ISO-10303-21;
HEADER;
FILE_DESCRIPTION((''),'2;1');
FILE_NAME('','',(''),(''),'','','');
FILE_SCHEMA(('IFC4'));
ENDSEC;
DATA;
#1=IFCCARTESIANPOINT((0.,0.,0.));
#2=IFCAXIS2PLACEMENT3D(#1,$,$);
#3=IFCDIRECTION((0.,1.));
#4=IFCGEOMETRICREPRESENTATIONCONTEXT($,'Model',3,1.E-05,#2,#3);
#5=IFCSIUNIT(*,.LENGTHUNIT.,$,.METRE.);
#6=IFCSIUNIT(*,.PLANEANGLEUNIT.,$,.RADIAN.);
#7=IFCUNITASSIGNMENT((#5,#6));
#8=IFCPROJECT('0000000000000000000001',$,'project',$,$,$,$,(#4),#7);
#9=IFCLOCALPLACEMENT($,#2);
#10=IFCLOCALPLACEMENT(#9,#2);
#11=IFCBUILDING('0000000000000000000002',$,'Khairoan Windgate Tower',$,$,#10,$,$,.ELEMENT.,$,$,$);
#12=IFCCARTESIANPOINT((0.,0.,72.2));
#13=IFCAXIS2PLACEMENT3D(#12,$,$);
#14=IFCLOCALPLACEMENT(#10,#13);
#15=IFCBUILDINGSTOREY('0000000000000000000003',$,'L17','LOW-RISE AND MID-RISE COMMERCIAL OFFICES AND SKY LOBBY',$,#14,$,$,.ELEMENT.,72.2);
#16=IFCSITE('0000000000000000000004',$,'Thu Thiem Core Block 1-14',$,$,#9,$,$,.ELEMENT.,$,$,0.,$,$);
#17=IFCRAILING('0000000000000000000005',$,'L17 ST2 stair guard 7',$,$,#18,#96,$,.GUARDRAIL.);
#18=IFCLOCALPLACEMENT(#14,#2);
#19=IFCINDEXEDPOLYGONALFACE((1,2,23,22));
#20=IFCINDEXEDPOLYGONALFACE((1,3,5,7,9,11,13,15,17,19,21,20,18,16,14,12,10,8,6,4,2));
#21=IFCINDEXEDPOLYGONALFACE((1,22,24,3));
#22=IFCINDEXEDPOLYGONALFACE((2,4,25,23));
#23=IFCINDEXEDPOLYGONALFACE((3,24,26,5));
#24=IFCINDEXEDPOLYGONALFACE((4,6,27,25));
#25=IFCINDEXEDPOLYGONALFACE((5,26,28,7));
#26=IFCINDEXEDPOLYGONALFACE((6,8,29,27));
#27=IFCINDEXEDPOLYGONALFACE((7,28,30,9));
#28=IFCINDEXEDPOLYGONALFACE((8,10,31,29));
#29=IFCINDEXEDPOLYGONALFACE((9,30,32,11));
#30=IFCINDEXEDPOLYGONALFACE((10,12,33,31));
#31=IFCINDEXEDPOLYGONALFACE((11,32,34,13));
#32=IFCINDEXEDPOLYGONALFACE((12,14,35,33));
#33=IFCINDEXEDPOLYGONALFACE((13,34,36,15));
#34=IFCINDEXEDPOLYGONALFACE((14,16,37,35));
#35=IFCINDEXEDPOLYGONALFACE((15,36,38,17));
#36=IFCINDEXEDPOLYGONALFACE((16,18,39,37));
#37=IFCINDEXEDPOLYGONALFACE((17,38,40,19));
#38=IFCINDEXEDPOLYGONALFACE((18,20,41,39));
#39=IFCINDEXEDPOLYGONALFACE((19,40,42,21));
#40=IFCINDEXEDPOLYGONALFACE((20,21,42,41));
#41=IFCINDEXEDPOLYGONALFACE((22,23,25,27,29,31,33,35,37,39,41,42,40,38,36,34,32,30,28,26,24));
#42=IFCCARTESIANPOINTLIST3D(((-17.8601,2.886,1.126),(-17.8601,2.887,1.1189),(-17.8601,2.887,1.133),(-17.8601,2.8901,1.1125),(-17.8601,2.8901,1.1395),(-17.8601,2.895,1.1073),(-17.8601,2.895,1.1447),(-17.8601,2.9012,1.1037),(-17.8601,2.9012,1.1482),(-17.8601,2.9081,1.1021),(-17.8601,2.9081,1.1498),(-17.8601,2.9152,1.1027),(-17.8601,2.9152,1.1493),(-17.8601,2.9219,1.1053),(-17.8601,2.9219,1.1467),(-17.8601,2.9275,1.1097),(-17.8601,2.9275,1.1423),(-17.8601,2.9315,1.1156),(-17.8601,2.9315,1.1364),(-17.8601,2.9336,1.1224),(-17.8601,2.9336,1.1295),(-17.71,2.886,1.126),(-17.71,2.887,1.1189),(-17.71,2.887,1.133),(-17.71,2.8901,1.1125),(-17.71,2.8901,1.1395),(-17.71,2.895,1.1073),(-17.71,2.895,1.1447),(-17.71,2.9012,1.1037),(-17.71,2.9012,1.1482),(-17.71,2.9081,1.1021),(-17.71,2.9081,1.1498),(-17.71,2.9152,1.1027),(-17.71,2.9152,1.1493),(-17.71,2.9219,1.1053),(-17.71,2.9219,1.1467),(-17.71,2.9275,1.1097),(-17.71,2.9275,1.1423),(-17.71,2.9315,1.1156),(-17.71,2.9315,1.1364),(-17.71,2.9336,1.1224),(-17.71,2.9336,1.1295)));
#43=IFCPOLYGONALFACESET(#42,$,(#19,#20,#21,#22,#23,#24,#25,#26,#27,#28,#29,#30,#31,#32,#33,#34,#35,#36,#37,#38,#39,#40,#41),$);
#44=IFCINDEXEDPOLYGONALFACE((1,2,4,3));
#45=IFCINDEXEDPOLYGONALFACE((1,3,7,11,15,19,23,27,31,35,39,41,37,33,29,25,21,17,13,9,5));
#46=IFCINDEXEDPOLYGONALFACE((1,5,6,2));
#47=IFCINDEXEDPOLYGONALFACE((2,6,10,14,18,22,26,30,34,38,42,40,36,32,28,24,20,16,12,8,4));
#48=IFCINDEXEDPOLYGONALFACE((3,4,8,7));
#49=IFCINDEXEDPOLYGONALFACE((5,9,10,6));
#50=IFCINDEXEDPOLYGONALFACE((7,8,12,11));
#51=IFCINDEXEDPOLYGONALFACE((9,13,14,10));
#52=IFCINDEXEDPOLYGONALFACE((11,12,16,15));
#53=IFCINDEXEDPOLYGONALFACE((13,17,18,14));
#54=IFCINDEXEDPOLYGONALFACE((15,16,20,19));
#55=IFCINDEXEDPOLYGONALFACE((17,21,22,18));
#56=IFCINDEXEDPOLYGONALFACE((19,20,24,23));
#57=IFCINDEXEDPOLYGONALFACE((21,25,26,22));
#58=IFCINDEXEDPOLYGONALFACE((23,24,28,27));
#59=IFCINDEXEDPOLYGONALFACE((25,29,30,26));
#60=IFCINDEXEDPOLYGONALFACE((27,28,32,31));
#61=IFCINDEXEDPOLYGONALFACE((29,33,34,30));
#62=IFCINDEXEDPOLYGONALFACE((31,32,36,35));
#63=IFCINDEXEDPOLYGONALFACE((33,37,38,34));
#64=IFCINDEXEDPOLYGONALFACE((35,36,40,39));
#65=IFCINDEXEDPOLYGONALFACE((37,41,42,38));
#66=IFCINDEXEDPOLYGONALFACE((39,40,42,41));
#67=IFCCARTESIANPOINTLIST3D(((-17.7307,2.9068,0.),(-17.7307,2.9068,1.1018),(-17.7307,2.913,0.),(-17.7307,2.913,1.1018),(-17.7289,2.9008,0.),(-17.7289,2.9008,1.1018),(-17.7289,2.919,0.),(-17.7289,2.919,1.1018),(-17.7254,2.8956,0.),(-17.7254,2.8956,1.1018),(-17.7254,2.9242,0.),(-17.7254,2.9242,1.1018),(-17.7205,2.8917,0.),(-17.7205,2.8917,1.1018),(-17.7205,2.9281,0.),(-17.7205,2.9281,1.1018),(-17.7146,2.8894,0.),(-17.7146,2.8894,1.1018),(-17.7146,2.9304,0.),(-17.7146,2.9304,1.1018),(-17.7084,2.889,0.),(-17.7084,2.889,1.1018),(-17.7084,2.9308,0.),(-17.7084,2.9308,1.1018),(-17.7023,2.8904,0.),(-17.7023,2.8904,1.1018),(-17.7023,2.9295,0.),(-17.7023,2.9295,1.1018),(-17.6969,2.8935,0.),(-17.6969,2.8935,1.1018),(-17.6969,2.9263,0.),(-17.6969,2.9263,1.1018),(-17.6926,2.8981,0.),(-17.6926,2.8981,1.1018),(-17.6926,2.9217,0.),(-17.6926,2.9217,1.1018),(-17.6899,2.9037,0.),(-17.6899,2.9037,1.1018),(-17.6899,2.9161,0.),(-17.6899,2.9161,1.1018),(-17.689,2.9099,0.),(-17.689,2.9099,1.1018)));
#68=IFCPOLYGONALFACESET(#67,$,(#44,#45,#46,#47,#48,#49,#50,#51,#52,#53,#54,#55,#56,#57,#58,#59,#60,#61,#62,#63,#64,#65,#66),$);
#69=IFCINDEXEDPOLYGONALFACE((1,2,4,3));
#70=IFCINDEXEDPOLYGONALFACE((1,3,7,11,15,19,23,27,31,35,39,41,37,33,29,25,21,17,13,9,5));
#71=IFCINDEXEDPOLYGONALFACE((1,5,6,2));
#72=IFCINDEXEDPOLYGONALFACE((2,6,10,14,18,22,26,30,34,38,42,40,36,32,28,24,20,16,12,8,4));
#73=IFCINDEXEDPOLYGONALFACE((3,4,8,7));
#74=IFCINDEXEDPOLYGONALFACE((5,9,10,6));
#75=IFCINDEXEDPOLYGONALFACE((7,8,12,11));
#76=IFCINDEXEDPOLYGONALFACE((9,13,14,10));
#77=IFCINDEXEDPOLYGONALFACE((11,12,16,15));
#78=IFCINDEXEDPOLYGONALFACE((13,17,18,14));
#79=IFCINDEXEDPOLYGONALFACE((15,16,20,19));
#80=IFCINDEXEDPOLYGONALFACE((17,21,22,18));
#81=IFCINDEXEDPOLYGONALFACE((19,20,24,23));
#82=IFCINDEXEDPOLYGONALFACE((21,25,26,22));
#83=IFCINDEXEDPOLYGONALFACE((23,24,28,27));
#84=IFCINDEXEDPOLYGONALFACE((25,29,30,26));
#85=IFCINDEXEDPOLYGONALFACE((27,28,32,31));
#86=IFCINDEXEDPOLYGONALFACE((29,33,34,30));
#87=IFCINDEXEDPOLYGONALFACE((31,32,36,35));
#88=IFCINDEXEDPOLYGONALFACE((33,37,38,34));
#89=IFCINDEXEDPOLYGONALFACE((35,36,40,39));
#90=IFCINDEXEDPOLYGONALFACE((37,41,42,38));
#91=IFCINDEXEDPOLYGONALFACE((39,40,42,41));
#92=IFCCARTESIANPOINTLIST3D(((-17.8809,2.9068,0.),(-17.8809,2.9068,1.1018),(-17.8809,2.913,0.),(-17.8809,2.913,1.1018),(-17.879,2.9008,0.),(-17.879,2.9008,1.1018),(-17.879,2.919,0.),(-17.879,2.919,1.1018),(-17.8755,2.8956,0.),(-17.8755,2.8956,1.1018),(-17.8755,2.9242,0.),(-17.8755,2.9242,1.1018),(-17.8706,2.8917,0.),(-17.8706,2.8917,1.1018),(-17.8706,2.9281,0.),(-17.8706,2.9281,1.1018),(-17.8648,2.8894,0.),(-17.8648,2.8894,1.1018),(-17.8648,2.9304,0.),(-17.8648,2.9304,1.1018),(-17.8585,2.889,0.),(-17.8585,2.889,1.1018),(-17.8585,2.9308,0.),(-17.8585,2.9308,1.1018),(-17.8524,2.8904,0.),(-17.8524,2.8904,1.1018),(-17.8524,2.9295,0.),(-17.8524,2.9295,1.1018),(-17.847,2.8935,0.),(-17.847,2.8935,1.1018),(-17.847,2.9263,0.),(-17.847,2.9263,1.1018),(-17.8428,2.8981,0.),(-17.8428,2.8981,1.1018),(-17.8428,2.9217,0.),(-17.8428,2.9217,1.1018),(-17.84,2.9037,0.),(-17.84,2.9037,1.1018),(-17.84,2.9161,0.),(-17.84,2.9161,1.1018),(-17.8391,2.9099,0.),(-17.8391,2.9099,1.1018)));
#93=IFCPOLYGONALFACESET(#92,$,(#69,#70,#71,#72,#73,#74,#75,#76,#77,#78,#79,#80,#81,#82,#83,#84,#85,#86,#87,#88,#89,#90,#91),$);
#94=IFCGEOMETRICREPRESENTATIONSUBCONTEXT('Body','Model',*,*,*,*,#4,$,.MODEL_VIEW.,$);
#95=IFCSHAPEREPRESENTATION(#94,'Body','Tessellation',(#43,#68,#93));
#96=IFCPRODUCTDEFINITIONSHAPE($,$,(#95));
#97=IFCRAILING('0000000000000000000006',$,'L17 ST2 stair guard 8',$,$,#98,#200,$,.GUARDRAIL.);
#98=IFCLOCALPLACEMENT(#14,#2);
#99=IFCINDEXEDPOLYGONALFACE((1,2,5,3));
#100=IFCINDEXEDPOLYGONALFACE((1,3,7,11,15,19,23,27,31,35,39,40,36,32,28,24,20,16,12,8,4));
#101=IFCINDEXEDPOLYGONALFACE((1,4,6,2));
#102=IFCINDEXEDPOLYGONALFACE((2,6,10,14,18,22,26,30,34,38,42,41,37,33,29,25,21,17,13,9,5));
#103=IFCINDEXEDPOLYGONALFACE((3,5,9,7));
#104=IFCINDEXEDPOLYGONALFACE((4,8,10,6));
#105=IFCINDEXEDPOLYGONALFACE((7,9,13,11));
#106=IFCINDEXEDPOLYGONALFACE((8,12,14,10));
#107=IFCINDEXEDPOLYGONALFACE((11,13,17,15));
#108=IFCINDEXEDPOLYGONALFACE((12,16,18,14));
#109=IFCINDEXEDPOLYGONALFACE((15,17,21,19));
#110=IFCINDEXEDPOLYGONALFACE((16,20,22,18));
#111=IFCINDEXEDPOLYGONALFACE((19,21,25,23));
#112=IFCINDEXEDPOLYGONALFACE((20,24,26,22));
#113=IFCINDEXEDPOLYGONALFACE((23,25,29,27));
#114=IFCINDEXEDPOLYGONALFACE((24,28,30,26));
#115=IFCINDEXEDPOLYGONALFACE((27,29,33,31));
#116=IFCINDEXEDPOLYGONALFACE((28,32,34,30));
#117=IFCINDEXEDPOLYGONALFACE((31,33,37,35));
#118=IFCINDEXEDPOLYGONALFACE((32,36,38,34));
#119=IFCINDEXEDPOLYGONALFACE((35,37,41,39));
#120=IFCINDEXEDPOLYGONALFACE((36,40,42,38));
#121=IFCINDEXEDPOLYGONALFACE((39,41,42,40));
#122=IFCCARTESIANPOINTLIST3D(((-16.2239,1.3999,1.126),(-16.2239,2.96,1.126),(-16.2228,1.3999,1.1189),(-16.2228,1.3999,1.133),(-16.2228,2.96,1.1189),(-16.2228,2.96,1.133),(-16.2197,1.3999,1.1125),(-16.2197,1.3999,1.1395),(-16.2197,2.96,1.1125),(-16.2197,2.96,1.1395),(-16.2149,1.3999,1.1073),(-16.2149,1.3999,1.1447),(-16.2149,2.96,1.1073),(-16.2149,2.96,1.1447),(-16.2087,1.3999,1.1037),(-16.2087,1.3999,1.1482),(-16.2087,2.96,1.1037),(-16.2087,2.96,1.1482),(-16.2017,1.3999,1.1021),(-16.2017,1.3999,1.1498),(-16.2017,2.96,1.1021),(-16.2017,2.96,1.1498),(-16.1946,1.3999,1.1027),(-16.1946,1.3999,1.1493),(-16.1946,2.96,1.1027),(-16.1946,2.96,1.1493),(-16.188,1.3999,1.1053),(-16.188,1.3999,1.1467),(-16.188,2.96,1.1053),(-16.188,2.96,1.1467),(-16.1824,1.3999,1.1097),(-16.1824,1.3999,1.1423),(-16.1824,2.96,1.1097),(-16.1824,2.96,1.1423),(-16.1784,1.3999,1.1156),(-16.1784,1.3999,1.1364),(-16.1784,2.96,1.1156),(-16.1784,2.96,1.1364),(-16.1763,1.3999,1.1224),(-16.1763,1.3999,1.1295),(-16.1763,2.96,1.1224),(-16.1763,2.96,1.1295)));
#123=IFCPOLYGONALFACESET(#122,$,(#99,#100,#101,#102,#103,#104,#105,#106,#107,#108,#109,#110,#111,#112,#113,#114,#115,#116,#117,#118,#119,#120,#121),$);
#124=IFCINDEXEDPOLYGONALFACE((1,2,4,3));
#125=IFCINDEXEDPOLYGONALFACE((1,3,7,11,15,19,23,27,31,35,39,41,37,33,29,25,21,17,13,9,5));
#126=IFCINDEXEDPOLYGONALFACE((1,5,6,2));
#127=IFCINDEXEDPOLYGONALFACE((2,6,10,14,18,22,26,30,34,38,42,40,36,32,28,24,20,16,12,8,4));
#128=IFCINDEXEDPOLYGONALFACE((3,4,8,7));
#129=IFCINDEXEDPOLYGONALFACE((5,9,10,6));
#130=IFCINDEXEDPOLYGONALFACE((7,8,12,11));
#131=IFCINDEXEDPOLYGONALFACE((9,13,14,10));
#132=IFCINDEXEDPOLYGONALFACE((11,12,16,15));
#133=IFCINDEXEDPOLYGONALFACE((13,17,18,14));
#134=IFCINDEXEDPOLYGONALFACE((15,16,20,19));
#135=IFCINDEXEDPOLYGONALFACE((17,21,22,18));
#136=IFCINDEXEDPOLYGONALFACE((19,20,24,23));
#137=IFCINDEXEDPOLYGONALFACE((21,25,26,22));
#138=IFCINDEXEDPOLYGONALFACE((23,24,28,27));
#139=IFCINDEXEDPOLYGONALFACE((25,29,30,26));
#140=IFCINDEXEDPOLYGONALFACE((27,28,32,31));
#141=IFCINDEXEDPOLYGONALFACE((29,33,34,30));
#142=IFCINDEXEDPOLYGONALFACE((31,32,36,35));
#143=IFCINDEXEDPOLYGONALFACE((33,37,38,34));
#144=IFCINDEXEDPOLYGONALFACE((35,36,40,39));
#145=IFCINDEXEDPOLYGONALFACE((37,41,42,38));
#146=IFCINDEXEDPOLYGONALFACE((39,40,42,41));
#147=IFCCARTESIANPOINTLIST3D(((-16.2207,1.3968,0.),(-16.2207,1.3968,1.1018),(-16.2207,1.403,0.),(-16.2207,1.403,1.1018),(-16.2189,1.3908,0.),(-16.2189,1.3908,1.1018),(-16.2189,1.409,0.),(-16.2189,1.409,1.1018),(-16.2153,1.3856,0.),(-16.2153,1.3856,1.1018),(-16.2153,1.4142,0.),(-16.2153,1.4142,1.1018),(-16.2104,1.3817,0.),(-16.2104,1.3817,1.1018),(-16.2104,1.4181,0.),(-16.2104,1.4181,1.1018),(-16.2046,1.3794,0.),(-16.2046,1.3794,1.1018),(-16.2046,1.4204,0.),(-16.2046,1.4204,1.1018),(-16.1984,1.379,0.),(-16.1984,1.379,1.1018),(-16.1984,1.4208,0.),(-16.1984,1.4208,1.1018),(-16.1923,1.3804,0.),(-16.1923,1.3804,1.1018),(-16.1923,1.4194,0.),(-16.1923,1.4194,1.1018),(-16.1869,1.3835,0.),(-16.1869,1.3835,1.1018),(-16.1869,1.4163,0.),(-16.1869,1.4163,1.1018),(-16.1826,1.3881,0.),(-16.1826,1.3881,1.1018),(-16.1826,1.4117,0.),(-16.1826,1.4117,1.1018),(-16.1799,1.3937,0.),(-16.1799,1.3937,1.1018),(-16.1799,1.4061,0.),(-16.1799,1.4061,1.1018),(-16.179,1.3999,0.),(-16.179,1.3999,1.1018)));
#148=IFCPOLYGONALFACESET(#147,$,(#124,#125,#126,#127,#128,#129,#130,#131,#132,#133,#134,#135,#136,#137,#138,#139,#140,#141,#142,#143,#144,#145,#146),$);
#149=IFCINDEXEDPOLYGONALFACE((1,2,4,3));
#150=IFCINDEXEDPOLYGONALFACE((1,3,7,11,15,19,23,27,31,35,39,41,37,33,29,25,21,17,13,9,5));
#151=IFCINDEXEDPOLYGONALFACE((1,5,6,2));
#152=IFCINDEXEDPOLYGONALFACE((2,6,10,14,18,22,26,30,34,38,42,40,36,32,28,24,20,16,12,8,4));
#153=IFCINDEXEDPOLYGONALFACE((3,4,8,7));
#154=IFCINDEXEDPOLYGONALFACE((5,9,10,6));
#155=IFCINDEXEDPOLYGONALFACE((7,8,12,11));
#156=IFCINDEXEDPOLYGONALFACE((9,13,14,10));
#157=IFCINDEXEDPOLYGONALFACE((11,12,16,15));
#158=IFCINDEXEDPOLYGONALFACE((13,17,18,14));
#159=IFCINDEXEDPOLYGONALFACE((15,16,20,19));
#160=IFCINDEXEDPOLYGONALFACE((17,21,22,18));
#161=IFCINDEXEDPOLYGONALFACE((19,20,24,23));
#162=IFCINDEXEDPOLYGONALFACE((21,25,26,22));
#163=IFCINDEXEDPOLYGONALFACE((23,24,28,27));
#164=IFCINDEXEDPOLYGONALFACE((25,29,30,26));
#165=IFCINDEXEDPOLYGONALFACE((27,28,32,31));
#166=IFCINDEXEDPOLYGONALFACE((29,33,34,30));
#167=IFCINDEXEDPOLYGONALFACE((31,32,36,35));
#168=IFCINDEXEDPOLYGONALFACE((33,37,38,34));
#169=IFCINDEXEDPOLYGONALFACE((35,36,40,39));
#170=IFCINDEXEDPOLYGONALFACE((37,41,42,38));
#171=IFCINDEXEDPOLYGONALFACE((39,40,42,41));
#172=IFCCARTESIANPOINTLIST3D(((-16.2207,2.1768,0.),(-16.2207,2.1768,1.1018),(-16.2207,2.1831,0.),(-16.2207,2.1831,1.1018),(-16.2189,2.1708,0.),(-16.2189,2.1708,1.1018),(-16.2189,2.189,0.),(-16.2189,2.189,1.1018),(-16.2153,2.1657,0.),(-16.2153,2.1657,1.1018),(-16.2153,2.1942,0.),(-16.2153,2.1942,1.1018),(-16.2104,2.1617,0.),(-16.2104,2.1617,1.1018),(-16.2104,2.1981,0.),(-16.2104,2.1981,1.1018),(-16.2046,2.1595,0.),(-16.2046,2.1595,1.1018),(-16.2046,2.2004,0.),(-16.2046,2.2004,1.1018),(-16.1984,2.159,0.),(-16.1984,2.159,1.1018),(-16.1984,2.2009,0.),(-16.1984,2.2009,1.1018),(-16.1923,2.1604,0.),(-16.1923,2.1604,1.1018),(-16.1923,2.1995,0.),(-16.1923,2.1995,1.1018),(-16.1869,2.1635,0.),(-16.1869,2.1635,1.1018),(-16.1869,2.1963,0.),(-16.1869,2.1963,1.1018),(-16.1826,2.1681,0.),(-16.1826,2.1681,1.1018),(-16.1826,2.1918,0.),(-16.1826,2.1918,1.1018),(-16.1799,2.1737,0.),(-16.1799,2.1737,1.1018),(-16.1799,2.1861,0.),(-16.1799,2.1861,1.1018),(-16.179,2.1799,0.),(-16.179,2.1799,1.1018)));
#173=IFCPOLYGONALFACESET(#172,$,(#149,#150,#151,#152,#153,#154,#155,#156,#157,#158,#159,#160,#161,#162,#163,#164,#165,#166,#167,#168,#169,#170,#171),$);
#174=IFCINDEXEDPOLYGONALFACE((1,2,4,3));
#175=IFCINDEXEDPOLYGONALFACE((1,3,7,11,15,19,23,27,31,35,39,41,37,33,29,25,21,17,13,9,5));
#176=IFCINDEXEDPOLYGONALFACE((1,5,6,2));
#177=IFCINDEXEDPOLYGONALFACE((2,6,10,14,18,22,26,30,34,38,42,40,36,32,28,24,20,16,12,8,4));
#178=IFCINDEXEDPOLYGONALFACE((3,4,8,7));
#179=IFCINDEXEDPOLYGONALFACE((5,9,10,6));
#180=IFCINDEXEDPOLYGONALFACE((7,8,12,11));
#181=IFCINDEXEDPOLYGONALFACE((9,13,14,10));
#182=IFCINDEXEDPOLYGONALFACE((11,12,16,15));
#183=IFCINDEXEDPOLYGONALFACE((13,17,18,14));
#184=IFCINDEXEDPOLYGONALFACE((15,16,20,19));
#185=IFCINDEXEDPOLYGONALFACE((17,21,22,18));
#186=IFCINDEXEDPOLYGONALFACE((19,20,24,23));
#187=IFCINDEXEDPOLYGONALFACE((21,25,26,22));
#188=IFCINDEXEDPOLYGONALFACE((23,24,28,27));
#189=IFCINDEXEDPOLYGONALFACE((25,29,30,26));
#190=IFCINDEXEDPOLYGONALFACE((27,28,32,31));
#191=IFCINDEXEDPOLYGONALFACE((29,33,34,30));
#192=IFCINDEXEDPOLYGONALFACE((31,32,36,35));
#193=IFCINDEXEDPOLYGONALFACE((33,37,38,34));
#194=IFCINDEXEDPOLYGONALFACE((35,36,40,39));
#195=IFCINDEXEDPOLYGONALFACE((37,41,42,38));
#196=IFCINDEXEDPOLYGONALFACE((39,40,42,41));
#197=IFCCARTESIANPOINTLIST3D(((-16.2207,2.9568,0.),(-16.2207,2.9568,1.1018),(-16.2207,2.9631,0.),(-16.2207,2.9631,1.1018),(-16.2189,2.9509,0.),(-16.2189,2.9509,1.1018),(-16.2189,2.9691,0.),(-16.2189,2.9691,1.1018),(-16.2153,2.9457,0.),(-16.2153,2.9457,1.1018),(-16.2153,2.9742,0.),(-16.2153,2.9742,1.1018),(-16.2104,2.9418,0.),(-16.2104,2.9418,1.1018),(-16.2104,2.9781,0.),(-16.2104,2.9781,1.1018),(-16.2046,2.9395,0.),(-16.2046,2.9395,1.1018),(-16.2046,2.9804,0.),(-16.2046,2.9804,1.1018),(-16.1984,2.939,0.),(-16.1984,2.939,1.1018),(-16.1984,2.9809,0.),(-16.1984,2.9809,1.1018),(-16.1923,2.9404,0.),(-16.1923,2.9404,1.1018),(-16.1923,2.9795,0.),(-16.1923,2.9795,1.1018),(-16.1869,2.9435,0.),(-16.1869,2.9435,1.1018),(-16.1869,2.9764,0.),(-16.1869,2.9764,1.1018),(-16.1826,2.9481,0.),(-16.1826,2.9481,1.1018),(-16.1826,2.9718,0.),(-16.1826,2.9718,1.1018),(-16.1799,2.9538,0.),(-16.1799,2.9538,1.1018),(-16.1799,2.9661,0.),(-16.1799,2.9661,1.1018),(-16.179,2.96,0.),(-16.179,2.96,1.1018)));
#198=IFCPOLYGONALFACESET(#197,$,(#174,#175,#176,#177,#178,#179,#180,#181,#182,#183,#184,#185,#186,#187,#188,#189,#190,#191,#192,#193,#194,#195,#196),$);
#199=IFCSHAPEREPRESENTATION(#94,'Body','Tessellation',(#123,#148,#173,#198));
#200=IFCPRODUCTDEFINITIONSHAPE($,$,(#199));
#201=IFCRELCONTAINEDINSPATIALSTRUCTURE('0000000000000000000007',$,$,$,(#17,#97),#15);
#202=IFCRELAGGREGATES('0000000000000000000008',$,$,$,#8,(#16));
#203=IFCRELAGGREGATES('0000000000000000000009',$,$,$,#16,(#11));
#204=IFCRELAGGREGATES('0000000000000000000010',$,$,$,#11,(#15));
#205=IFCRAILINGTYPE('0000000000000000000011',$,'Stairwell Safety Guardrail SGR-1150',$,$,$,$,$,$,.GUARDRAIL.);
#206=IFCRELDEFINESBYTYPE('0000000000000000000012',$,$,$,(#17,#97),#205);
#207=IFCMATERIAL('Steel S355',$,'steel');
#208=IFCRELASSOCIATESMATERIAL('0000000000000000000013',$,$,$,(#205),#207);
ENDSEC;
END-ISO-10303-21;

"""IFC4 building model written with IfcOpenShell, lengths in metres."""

from ifc_helpers import new_model, si_unit, direction, frame, origin, origin_2d, place, context, subcontext, project, spatial, circle, extrude, material, type_object, element, save


model = new_model("IFC4")

# Units and contexts
model_context = context("Model", 3, precision=1e-05, world=origin(), true_north=direction((0.0, 1.0)))
body_context = subcontext(model_context, "Body", "Model", "MODEL_VIEW")
ifc_project = project(units=[si_unit("LENGTHUNIT", "METRE"), si_unit("PLANEANGLEUNIT", "RADIAN")], contexts=[model_context])

# Site, building, storey
site_placement = place(None, origin())
site = spatial("IfcSite", under=ifc_project, at=site_placement, Name="Thu Thiem Core Block 1-14", CompositionType="ELEMENT", RefElevation=0.0)
building_placement = place(site_placement, origin())
building = spatial("IfcBuilding", under=site, at=building_placement, Name="Khairoan Windgate Tower", CompositionType="ELEMENT")
storey_placement = place(building_placement, frame((0.0, 0.0, 72.2)))
storey = spatial("IfcBuildingStorey", under=building, at=storey_placement, Name="L17", Description="LOW-RISE AND MID-RISE COMMERCIAL OFFICES AND SKY LOBBY", CompositionType="ELEMENT", Elevation=72.2)

# Railings
ifc_material_1 = material(Name="Steel S355", Category="steel")
railing_type_1 = type_object("IfcRailingType", Name="Stairwell Safety Guardrail SGR-1150", PredefinedType="GUARDRAIL", material=ifc_material_1)
railing_1_placement = place(storey_placement, frame((-17.71, 2.9099, 0.0)))
element("IfcRailing", 1, at=railing_1_placement, inside=storey, type_object=railing_type_1, Name="L17 ST2 stair guard 7", PredefinedType="GUARDRAIL", context=body_context, shape_type="SweptSolid", body=[
    extrude(circle(Radius=0.0239, at=origin_2d()), frame((0.0, 0.0, 1.126), z_axis=(-1.0, 0.0, 0.0), x_axis=(0.0, -1.0, 0.0)), (0.0, 0.0, 1.0), 0.1501),
    extrude(circle(Radius=0.021, at=origin_2d()), origin(), (0.0, 0.0, 1.0), 1.1018),
    extrude(circle(Radius=0.021, at=origin_2d()), frame((-0.1501, 0.0, 0.0)), (0.0, 0.0, 1.0), 1.1018),
])
for number, where, name in (
    (2, (-16.2, 1.3999, 0.0), "L17 ST2 stair guard 8"),
):
    element("IfcRailing", number, at=place(storey_placement, frame(where)), inside=storey, type_object=railing_type_1, Name=name, PredefinedType="GUARDRAIL", context=body_context, shape_type="SweptSolid", body=[
        extrude(circle(Radius=0.0239, at=origin_2d()), frame((0.0, 0.0, 1.126), z_axis=(0.0, 1.0, 0.0), x_axis=(-1.0, 0.0, 0.0)), (0.0, 0.0, 1.0), 1.5601),
        extrude(circle(Radius=0.021, at=origin_2d()), origin(), (0.0, 0.0, 1.0), 1.1018),
        extrude(circle(Radius=0.021, at=origin_2d()), frame((0.0, 0.78, 0.0)), (0.0, 0.0, 1.0), 1.1018),
        extrude(circle(Radius=0.021, at=origin_2d()), frame((0.0, 1.5601, 0.0)), (0.0, 0.0, 1.0), 1.1018),
    ])

save(model, "model.ifc")
